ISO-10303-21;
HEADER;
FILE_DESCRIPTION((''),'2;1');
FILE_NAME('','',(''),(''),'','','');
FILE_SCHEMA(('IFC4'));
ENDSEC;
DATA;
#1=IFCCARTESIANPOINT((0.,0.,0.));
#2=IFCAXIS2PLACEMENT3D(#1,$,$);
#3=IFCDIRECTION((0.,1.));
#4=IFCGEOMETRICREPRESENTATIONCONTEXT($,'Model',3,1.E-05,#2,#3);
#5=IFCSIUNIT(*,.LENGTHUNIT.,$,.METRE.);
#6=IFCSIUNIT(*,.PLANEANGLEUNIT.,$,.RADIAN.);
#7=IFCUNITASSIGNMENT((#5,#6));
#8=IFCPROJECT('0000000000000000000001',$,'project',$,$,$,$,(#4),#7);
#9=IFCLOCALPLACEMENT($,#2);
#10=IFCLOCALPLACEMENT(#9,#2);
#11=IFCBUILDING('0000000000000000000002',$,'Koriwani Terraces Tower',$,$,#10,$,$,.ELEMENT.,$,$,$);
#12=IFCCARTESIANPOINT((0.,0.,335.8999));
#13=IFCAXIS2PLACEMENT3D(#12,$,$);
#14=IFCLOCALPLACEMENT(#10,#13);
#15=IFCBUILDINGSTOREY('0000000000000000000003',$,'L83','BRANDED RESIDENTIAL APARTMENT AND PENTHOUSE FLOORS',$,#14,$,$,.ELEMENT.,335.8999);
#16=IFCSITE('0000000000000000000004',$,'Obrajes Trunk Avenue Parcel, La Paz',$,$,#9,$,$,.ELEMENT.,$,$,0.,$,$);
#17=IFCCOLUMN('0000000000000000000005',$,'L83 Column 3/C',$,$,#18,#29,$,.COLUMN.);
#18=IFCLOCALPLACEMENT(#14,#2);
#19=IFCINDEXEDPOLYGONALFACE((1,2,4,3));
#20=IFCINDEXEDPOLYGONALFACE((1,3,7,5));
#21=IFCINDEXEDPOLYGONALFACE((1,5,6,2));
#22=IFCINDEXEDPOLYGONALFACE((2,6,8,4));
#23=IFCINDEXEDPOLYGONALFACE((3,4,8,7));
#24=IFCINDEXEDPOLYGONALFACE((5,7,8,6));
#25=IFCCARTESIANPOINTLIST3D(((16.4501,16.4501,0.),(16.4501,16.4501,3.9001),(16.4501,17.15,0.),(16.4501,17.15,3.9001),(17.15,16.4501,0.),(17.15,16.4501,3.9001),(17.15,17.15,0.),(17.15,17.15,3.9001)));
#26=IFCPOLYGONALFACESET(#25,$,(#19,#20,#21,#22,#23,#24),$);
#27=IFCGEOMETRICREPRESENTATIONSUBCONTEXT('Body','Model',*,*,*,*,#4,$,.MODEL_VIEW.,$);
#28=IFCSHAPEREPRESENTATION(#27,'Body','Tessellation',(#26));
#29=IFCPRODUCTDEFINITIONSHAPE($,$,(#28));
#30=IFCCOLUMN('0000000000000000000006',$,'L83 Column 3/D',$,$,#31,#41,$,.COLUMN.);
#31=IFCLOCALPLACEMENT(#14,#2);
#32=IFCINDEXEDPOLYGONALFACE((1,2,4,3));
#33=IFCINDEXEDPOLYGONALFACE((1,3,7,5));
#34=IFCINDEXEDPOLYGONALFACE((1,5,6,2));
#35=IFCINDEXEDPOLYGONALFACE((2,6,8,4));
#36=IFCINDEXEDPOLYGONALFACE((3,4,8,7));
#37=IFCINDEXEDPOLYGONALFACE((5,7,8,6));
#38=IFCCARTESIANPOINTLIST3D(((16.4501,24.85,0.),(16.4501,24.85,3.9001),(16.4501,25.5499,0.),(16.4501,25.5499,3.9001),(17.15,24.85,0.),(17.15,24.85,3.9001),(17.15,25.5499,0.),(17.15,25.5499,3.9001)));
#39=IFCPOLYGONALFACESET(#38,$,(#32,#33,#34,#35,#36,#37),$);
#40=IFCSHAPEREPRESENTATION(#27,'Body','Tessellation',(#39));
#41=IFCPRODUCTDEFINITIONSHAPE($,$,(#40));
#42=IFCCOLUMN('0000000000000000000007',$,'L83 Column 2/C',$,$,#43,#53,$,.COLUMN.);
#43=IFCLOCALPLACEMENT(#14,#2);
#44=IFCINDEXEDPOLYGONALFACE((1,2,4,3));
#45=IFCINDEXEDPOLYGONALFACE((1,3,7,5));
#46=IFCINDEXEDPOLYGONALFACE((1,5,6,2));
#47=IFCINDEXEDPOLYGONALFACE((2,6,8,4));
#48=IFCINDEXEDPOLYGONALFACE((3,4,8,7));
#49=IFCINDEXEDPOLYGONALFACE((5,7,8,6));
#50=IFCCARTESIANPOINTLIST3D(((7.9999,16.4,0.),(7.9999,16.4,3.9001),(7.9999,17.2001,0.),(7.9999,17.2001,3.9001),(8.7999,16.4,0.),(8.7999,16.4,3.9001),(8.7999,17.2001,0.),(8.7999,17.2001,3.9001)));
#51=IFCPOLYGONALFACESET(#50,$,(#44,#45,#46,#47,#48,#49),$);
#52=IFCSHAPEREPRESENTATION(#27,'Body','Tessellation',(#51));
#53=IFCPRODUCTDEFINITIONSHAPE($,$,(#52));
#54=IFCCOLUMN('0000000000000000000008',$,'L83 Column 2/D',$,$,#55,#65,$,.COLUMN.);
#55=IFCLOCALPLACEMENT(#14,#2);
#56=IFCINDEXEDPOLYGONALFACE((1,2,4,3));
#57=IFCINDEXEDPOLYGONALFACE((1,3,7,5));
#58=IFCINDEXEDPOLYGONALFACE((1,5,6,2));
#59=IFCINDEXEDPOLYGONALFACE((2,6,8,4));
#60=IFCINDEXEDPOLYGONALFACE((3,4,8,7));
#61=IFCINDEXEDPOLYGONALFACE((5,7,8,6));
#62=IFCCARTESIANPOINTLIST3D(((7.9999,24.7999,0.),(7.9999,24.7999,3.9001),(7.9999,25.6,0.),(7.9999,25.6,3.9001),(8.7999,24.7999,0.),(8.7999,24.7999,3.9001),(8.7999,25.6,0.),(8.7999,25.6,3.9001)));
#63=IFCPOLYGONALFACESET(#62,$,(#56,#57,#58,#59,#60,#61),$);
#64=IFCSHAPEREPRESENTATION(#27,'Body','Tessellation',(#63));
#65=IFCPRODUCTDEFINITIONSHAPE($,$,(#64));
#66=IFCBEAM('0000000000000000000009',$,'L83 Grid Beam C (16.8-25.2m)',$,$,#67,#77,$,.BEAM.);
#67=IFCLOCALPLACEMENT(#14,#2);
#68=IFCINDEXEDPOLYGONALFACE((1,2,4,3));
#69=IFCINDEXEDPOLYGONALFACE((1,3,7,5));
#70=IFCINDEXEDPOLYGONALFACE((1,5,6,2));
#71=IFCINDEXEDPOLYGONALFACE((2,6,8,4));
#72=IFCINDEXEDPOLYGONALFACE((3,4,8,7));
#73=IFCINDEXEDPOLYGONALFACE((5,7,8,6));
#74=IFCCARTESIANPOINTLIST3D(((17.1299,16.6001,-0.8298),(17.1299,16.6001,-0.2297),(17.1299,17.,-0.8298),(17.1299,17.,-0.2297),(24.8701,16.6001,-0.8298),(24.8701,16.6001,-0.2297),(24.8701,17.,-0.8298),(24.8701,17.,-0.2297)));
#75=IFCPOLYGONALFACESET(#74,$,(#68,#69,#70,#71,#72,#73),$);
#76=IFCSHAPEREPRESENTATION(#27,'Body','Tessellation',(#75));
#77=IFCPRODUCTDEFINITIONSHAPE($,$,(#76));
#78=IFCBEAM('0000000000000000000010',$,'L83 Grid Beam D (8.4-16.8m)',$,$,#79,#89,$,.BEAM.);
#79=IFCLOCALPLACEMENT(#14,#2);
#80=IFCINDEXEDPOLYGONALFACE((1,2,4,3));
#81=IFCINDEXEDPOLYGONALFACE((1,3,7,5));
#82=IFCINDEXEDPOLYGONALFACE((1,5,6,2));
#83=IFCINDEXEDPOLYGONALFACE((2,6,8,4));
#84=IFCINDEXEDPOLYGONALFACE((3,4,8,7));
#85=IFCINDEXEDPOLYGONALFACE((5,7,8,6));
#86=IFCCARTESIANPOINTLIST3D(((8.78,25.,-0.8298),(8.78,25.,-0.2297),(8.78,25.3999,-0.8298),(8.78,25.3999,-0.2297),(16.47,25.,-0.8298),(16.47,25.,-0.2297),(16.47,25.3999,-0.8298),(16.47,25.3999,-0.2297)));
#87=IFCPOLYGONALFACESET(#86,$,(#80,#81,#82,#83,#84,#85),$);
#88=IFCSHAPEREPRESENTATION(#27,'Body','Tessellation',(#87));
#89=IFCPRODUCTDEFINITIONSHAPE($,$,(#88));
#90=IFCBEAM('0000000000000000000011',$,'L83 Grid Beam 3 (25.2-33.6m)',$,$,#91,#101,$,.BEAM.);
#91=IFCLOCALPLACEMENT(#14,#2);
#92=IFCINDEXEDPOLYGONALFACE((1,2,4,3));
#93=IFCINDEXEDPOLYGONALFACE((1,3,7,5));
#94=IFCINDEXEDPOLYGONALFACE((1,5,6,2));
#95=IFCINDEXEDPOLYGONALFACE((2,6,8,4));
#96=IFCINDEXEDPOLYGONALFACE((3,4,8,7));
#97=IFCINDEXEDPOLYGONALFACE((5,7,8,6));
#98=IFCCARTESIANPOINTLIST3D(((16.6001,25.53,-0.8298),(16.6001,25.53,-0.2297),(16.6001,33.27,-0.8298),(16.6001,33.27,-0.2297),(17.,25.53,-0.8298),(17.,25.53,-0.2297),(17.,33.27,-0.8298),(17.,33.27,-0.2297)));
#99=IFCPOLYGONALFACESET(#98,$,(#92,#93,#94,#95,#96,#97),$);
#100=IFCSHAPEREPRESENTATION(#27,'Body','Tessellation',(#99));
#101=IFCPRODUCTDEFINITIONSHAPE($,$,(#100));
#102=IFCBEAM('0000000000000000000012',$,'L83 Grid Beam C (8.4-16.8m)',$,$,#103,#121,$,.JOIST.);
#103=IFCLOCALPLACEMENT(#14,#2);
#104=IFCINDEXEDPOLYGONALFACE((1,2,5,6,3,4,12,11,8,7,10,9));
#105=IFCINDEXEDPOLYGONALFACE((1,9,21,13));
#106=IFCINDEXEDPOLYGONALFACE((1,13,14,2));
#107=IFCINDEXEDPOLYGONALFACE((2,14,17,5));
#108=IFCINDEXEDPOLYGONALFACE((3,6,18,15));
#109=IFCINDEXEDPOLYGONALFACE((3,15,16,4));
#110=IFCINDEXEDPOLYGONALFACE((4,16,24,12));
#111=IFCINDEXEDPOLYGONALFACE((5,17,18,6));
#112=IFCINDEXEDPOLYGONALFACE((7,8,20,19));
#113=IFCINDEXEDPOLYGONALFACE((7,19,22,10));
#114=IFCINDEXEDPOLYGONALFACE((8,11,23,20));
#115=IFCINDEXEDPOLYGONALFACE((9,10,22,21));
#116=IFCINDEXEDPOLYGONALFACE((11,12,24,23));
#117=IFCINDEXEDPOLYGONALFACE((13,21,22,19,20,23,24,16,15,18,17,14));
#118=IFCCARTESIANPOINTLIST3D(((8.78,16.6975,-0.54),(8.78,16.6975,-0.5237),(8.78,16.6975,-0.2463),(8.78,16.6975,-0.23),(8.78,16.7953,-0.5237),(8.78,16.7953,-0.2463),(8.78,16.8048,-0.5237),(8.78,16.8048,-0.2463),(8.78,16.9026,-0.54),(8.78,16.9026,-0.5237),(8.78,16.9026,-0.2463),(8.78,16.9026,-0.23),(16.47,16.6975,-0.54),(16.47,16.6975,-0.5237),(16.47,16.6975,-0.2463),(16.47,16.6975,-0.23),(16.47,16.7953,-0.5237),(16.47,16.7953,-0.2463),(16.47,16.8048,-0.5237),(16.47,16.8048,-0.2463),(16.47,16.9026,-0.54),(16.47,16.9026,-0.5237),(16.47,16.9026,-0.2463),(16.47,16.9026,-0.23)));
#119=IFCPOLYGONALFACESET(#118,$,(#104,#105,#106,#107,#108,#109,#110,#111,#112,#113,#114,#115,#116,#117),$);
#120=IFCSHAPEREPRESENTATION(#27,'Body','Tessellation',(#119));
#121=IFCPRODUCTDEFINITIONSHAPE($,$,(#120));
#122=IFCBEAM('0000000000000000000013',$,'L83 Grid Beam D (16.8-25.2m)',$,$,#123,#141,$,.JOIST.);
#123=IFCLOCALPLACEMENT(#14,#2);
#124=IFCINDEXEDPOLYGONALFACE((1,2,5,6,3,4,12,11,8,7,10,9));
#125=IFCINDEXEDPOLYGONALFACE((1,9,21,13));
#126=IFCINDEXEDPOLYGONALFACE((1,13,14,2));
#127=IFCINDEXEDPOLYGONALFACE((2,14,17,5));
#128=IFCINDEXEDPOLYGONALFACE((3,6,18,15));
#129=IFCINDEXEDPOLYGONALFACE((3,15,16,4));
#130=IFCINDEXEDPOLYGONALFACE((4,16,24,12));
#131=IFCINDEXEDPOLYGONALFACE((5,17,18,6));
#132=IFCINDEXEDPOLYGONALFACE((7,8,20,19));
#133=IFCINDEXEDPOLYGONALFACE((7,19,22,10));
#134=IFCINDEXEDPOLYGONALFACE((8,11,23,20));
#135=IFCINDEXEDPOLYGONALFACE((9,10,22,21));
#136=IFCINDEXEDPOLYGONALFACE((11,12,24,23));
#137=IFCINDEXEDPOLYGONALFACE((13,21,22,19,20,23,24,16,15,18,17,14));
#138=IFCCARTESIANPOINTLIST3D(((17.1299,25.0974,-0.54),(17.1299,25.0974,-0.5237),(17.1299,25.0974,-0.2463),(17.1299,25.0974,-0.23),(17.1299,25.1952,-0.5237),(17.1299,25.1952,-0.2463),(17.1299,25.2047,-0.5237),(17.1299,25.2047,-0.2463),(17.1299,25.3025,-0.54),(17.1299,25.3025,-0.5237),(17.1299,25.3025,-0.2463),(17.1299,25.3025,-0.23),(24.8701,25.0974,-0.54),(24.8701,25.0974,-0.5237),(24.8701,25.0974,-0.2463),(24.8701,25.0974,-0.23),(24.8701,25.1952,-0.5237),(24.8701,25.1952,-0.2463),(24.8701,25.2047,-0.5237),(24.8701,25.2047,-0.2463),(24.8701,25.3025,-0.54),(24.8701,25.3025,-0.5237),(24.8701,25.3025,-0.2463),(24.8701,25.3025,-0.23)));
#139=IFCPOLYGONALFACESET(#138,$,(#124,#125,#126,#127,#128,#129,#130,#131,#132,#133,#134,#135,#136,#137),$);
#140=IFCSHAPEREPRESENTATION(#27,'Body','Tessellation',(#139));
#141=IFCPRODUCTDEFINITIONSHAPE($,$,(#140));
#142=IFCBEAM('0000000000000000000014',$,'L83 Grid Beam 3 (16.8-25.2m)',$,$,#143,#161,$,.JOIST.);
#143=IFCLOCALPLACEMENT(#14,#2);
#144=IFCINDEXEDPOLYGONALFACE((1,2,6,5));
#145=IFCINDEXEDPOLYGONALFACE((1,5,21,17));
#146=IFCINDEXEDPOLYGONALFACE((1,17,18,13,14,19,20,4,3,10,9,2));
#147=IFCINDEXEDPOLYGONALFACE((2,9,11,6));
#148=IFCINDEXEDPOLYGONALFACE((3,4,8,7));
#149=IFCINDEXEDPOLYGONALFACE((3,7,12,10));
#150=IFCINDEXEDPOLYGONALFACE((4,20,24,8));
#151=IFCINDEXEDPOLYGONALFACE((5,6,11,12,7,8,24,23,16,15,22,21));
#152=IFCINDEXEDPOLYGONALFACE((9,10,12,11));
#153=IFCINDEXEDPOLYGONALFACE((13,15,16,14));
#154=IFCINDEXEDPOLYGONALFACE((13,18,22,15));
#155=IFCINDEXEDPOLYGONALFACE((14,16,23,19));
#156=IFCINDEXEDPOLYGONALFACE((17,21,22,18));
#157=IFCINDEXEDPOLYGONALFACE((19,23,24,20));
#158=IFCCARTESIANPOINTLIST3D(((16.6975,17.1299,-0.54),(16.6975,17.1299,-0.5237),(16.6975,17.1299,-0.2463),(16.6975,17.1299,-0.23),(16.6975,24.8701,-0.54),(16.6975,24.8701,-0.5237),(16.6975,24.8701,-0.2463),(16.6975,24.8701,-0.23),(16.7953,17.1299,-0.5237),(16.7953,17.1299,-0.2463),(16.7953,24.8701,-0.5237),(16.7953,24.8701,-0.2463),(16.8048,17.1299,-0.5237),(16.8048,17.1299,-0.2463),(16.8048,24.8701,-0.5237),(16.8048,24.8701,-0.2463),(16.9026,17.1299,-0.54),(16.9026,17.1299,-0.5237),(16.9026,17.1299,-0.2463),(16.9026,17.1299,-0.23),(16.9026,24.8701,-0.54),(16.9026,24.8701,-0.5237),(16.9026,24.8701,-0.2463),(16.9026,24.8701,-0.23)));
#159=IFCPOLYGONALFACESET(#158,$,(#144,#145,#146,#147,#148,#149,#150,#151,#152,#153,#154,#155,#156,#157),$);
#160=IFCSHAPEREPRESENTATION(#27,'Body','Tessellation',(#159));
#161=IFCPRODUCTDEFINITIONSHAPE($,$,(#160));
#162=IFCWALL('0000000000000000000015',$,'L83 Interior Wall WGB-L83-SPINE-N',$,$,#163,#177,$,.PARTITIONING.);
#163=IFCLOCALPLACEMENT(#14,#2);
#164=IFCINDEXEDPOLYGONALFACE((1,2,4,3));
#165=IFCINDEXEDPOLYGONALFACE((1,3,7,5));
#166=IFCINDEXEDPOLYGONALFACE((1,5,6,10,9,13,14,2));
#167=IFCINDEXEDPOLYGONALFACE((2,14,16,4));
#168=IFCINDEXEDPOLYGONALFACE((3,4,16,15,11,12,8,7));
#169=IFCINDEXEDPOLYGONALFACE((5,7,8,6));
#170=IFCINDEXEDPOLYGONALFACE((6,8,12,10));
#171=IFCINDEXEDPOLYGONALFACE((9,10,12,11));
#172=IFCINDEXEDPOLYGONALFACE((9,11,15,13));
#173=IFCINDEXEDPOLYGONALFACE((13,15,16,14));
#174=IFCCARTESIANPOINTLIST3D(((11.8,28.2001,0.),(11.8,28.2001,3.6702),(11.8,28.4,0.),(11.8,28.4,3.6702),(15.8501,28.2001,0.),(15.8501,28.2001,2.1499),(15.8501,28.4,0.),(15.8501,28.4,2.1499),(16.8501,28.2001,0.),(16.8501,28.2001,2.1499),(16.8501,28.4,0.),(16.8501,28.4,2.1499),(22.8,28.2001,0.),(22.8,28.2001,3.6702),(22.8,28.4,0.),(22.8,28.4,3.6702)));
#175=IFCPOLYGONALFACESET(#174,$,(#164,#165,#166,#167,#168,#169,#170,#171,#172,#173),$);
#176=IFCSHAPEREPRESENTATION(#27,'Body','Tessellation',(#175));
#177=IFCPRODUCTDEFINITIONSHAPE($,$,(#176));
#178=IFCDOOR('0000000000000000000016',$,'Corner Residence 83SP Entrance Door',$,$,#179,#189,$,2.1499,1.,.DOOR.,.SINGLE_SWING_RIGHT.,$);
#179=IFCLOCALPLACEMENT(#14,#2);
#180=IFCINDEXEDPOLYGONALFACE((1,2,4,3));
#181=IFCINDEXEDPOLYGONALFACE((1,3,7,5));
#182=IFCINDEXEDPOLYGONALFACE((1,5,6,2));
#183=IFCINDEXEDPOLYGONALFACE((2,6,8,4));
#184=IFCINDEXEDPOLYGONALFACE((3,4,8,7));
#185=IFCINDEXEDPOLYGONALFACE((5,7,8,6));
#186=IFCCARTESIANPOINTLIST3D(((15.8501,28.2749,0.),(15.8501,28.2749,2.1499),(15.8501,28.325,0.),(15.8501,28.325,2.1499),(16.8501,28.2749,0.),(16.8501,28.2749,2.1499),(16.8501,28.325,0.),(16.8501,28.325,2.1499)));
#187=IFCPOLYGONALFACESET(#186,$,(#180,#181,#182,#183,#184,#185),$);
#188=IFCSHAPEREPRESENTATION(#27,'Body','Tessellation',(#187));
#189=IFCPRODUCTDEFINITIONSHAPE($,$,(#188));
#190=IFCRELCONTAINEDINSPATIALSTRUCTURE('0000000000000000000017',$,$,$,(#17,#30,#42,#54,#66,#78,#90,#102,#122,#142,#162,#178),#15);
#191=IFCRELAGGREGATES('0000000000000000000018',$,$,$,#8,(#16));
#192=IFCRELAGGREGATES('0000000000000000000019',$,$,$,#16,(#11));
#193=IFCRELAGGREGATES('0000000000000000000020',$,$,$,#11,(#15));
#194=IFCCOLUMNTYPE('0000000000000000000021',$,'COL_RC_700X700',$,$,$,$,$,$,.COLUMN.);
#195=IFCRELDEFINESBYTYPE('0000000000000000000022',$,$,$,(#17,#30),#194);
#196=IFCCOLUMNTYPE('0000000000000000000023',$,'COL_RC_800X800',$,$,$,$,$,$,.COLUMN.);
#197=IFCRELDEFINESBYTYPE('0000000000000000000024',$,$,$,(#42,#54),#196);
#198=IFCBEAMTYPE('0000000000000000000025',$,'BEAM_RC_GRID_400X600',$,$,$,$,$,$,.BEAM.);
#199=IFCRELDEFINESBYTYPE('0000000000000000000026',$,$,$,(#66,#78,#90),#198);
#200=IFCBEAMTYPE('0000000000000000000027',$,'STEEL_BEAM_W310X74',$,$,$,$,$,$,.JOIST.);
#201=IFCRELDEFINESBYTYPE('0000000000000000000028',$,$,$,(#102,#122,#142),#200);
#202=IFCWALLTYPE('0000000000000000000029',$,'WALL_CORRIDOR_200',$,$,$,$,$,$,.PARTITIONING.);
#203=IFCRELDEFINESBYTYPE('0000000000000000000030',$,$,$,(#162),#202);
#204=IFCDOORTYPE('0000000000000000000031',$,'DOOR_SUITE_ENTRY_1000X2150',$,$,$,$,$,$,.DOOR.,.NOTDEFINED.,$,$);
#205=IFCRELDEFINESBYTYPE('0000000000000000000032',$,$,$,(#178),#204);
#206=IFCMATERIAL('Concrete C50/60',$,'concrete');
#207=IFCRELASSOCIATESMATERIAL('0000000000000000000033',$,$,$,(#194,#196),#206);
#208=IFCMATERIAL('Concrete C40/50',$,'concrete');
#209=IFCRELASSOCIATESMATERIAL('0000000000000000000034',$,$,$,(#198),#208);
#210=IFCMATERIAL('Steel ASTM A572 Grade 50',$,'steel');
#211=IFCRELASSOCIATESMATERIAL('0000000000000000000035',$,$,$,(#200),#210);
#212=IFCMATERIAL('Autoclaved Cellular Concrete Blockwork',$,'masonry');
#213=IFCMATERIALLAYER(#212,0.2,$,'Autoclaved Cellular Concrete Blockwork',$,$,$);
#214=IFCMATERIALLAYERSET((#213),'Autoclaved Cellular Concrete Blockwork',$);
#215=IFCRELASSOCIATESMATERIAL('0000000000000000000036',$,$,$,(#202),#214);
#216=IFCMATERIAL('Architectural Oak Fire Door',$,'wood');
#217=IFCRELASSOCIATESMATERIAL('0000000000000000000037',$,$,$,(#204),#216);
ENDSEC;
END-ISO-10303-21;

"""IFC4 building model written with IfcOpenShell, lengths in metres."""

from ifc_helpers import new_model, si_unit, direction, frame, frame_2d, origin, origin_2d, place, context, subcontext, project, spatial, rectangle, i_section, extrude, material, layer, layer_set, material_profile, profile_set, type_object, element, fill, save


model = new_model("IFC4")

# Units and contexts
model_context = context("Model", 3, precision=1e-05, world=origin(), true_north=direction((0.0, 1.0)))
body_context = subcontext(model_context, "Body", "Model", "MODEL_VIEW")
ifc_project = project(units=[si_unit("LENGTHUNIT", "METRE"), si_unit("PLANEANGLEUNIT", "RADIAN")], contexts=[model_context])

# Site, building, storey
site_placement = place(None, origin())
site = spatial("IfcSite", under=ifc_project, at=site_placement, Name="Obrajes Trunk Avenue Parcel, La Paz", CompositionType="ELEMENT", RefElevation=0.0)
building_placement = place(site_placement, origin())
building = spatial("IfcBuilding", under=site, at=building_placement, Name="Koriwani Terraces Tower", CompositionType="ELEMENT")
storey_placement = place(building_placement, frame((0.0, 0.0, 335.8999)))
storey = spatial("IfcBuildingStorey", under=building, at=storey_placement, Name="L83", Description="BRANDED RESIDENTIAL APARTMENT AND PENTHOUSE FLOORS", CompositionType="ELEMENT", Elevation=335.8999)

# Columns
ifc_material_1 = material(Name="Concrete C50/60", Category="concrete")
ifc_material_profile_1 = material_profile(ifc_material_1, rectangle(XDim=0.7, YDim=0.7, at=origin_2d()), Name="Concrete C50/60", Category="LoadBearing")
ifc_profile_set_1 = profile_set([ifc_material_profile_1], Name="Concrete C50/60")
column_type_1 = type_object("IfcColumnType", Name="COL_RC_700X700", PredefinedType="COLUMN", material=ifc_profile_set_1)
for number, where, z_axis, x_axis, name in (
    (1, (16.8, 16.8, 0.0), (0.0, 0.0, 1.0), (1.0, 0.0, 0.0), "L83 Column 3/C"),
    (2, (16.8, 25.2, 0.0), (0.0, 0.0, 1.0), (1.0, 0.0, 0.0), "L83 Column 3/D"),
):
    element("IfcColumn", number, at=place(storey_placement, frame(where, z_axis=z_axis, x_axis=x_axis)), inside=storey, type_object=column_type_1, Name=name, PredefinedType="COLUMN", context=body_context, shape_type="SweptSolid", body=[
        extrude(rectangle(XDim=0.7, YDim=0.7, at=origin_2d()), origin(), (0.0, 0.0, 1.0), 3.9001),
    ])
ifc_material_profile_2 = material_profile(ifc_material_1, rectangle(XDim=0.8, YDim=0.8, at=origin_2d()), Name="Concrete C50/60", Category="LoadBearing")
ifc_profile_set_2 = profile_set([ifc_material_profile_2], Name="Concrete C50/60")
column_type_2 = type_object("IfcColumnType", Name="COL_RC_800X800", PredefinedType="COLUMN", material=ifc_profile_set_2)
for number, where, z_axis, x_axis, name in (
    (3, (8.3999, 16.8, 0.0), (0.0, 0.0, 1.0), (1.0, 0.0, 0.0), "L83 Column 2/C"),
    (4, (8.3999, 25.2, 0.0), (0.0, 0.0, 1.0), (1.0, 0.0, 0.0), "L83 Column 2/D"),
):
    element("IfcColumn", number, at=place(storey_placement, frame(where, z_axis=z_axis, x_axis=x_axis)), inside=storey, type_object=column_type_2, Name=name, PredefinedType="COLUMN", context=body_context, shape_type="SweptSolid", body=[
        extrude(rectangle(XDim=0.8, YDim=0.8, at=origin_2d()), origin(), (0.0, 0.0, 1.0), 3.9001),
    ])

# Beams
ifc_material_2 = material(Name="Concrete C40/50", Category="concrete")
ifc_material_profile_3 = material_profile(ifc_material_2, rectangle(XDim=0.3999, YDim=0.6001, at=origin_2d()), Name="Concrete C40/50", Category="LoadBearing")
ifc_profile_set_3 = profile_set([ifc_material_profile_3], Name="Concrete C40/50")
beam_type_1 = type_object("IfcBeamType", Name="BEAM_RC_GRID_400X600", PredefinedType="BEAM", material=ifc_profile_set_3)
beam_1_placement = place(storey_placement, frame((17.1299, 16.8, -0.5298), z_axis=(1.0, 0.0, 0.0), x_axis=(0.0, 1.0, 0.0)))
element("IfcBeam", 5, at=beam_1_placement, inside=storey, type_object=beam_type_1, Name="L83 Grid Beam C (16.8-25.2m)", PredefinedType="BEAM", context=body_context, shape_type="SweptSolid", body=[
    extrude(rectangle(XDim=0.3999, YDim=0.6001, at=origin_2d()), origin(), (0.0, 0.0, 1.0), 7.7402),
])
beam_2_placement = place(storey_placement, frame((8.78, 25.2, -0.5298), z_axis=(1.0, 0.0, 0.0), x_axis=(0.0, 1.0, 0.0)))
element("IfcBeam", 6, at=beam_2_placement, inside=storey, type_object=beam_type_1, Name="L83 Grid Beam D (8.4-16.8m)", PredefinedType="BEAM", context=body_context, shape_type="SweptSolid", body=[
    extrude(rectangle(XDim=0.3999, YDim=0.6001, at=origin_2d()), origin(), (0.0, 0.0, 1.0), 7.6899),
])
beam_3_placement = place(storey_placement, frame((16.8, 25.53, -0.5298), z_axis=(0.0, 1.0, 0.0), x_axis=(-1.0, 0.0, 0.0)))
element("IfcBeam", 7, at=beam_3_placement, inside=storey, type_object=beam_type_1, Name="L83 Grid Beam 3 (25.2-33.6m)", PredefinedType="BEAM", context=body_context, shape_type="SweptSolid", body=[
    extrude(rectangle(XDim=0.3999, YDim=0.6001, at=origin_2d()), origin(), (0.0, 0.0, 1.0), 7.74),
])
ifc_material_3 = material(Name="Steel ASTM A572 Grade 50", Category="steel")
ifc_material_profile_4 = material_profile(ifc_material_3, i_section(OverallWidth=0.2051, OverallDepth=0.3101, WebThickness=0.0095, FlangeThickness=0.0164, at=origin_2d()), Name="Steel ASTM A572 Grade 50", Category="LoadBearing")
ifc_profile_set_4 = profile_set([ifc_material_profile_4], Name="Steel ASTM A572 Grade 50")
beam_type_2 = type_object("IfcBeamType", Name="STEEL_BEAM_W310X74", PredefinedType="JOIST", material=ifc_profile_set_4)
beam_4_placement = place(storey_placement, frame((8.78, 16.8, -0.385), z_axis=(1.0, 0.0, 0.0), x_axis=(0.0, 1.0, 0.0)))
element("IfcBeam", 8, at=beam_4_placement, inside=storey, type_object=beam_type_2, Name="L83 Grid Beam C (8.4-16.8m)", PredefinedType="JOIST", context=body_context, shape_type="SweptSolid", body=[
    extrude(i_section(OverallWidth=0.2051, OverallDepth=0.3101, WebThickness=0.0095, FlangeThickness=0.0164, at=origin_2d()), origin(), (0.0, 0.0, 1.0), 7.6899),
])
for number, where, z_axis, x_axis, name in (
    (9, (17.1299, 25.2, -0.385), (1.0, 0.0, 0.0), (0.0, 1.0, 0.0), "L83 Grid Beam D (16.8-25.2m)"),
    (10, (16.8, 17.1299, -0.385), (0.0, 1.0, 0.0), (-1.0, 0.0, 0.0), "L83 Grid Beam 3 (16.8-25.2m)"),
):
    element("IfcBeam", number, at=place(storey_placement, frame(where, z_axis=z_axis, x_axis=x_axis)), inside=storey, type_object=beam_type_2, Name=name, PredefinedType="JOIST", context=body_context, shape_type="SweptSolid", body=[
        extrude(i_section(OverallWidth=0.2051, OverallDepth=0.3101, WebThickness=0.0095, FlangeThickness=0.0164, at=origin_2d()), origin(), (0.0, 0.0, 1.0), 7.7402),
    ])

# Wall, opening, door
ifc_material_4 = material(Name="Autoclaved Cellular Concrete Blockwork", Category="masonry")
ifc_layer_1 = layer(ifc_material_4, 0.2, Name="Autoclaved Cellular Concrete Blockwork")
ifc_layer_set_1 = layer_set([ifc_layer_1], Name="Autoclaved Cellular Concrete Blockwork")
wall_type_1 = type_object("IfcWallType", Name="WALL_CORRIDOR_200", PredefinedType="PARTITIONING", material=ifc_layer_set_1)
wall_1_placement = place(storey_placement, frame((11.8, 28.3, 0.0), z_axis=(0.0, 0.0, 1.0), x_axis=(1.0, 0.0, 0.0)))
wall_1 = element("IfcWall", 11, at=wall_1_placement, inside=storey, type_object=wall_type_1, Name="L83 Interior Wall WGB-L83-SPINE-N", PredefinedType="PARTITIONING", context=body_context, shape_type="SweptSolid", body=[
    extrude(rectangle(XDim=11.0, YDim=0.2, at=frame_2d((5.5, 0.0))), origin(), (0.0, 0.0, 1.0), 3.6702),
])
opening_1_placement = place(wall_1_placement, frame((4.05, 0.0, 0.0)))
opening_1 = element("IfcOpeningElement", 12, at=opening_1_placement, cuts=wall_1, PredefinedType="OPENING", context=body_context, shape_type="SweptSolid", body=[
    extrude(rectangle(XDim=1.0, YDim=2.1499, at=frame_2d((0.5, 1.075))), frame((0.0, 0.1099, 0.0), z_axis=(0.0, -1.0, 0.0), x_axis=(1.0, 0.0, 0.0)), (0.0, 0.0, 1.0), 0.22),
])
ifc_material_5 = material(Name="Architectural Oak Fire Door", Category="wood")
door_type_1 = type_object("IfcDoorType", Name="DOOR_SUITE_ENTRY_1000X2150", OperationType="NOTDEFINED", PredefinedType="DOOR", material=ifc_material_5)
door_1_placement = place(opening_1_placement, origin())
door_1 = element("IfcDoor", 13, at=door_1_placement, inside=storey, type_object=door_type_1, Name="Corner Residence 83SP Entrance Door", OperationType="SINGLE_SWING_RIGHT", OverallHeight=2.1499, OverallWidth=1.0, PredefinedType="DOOR", context=body_context, shape_type="SweptSolid", body=[
    extrude(rectangle(XDim=1.0, YDim=2.1499, at=frame_2d((0.5, 1.075))), frame((0.0, 0.0249, 0.0), z_axis=(0.0, -1.0, 0.0), x_axis=(1.0, 0.0, 0.0)), (0.0, 0.0, 1.0), 0.05),
])
fill(opening_1, door_1)

save(model, "model.ifc")
